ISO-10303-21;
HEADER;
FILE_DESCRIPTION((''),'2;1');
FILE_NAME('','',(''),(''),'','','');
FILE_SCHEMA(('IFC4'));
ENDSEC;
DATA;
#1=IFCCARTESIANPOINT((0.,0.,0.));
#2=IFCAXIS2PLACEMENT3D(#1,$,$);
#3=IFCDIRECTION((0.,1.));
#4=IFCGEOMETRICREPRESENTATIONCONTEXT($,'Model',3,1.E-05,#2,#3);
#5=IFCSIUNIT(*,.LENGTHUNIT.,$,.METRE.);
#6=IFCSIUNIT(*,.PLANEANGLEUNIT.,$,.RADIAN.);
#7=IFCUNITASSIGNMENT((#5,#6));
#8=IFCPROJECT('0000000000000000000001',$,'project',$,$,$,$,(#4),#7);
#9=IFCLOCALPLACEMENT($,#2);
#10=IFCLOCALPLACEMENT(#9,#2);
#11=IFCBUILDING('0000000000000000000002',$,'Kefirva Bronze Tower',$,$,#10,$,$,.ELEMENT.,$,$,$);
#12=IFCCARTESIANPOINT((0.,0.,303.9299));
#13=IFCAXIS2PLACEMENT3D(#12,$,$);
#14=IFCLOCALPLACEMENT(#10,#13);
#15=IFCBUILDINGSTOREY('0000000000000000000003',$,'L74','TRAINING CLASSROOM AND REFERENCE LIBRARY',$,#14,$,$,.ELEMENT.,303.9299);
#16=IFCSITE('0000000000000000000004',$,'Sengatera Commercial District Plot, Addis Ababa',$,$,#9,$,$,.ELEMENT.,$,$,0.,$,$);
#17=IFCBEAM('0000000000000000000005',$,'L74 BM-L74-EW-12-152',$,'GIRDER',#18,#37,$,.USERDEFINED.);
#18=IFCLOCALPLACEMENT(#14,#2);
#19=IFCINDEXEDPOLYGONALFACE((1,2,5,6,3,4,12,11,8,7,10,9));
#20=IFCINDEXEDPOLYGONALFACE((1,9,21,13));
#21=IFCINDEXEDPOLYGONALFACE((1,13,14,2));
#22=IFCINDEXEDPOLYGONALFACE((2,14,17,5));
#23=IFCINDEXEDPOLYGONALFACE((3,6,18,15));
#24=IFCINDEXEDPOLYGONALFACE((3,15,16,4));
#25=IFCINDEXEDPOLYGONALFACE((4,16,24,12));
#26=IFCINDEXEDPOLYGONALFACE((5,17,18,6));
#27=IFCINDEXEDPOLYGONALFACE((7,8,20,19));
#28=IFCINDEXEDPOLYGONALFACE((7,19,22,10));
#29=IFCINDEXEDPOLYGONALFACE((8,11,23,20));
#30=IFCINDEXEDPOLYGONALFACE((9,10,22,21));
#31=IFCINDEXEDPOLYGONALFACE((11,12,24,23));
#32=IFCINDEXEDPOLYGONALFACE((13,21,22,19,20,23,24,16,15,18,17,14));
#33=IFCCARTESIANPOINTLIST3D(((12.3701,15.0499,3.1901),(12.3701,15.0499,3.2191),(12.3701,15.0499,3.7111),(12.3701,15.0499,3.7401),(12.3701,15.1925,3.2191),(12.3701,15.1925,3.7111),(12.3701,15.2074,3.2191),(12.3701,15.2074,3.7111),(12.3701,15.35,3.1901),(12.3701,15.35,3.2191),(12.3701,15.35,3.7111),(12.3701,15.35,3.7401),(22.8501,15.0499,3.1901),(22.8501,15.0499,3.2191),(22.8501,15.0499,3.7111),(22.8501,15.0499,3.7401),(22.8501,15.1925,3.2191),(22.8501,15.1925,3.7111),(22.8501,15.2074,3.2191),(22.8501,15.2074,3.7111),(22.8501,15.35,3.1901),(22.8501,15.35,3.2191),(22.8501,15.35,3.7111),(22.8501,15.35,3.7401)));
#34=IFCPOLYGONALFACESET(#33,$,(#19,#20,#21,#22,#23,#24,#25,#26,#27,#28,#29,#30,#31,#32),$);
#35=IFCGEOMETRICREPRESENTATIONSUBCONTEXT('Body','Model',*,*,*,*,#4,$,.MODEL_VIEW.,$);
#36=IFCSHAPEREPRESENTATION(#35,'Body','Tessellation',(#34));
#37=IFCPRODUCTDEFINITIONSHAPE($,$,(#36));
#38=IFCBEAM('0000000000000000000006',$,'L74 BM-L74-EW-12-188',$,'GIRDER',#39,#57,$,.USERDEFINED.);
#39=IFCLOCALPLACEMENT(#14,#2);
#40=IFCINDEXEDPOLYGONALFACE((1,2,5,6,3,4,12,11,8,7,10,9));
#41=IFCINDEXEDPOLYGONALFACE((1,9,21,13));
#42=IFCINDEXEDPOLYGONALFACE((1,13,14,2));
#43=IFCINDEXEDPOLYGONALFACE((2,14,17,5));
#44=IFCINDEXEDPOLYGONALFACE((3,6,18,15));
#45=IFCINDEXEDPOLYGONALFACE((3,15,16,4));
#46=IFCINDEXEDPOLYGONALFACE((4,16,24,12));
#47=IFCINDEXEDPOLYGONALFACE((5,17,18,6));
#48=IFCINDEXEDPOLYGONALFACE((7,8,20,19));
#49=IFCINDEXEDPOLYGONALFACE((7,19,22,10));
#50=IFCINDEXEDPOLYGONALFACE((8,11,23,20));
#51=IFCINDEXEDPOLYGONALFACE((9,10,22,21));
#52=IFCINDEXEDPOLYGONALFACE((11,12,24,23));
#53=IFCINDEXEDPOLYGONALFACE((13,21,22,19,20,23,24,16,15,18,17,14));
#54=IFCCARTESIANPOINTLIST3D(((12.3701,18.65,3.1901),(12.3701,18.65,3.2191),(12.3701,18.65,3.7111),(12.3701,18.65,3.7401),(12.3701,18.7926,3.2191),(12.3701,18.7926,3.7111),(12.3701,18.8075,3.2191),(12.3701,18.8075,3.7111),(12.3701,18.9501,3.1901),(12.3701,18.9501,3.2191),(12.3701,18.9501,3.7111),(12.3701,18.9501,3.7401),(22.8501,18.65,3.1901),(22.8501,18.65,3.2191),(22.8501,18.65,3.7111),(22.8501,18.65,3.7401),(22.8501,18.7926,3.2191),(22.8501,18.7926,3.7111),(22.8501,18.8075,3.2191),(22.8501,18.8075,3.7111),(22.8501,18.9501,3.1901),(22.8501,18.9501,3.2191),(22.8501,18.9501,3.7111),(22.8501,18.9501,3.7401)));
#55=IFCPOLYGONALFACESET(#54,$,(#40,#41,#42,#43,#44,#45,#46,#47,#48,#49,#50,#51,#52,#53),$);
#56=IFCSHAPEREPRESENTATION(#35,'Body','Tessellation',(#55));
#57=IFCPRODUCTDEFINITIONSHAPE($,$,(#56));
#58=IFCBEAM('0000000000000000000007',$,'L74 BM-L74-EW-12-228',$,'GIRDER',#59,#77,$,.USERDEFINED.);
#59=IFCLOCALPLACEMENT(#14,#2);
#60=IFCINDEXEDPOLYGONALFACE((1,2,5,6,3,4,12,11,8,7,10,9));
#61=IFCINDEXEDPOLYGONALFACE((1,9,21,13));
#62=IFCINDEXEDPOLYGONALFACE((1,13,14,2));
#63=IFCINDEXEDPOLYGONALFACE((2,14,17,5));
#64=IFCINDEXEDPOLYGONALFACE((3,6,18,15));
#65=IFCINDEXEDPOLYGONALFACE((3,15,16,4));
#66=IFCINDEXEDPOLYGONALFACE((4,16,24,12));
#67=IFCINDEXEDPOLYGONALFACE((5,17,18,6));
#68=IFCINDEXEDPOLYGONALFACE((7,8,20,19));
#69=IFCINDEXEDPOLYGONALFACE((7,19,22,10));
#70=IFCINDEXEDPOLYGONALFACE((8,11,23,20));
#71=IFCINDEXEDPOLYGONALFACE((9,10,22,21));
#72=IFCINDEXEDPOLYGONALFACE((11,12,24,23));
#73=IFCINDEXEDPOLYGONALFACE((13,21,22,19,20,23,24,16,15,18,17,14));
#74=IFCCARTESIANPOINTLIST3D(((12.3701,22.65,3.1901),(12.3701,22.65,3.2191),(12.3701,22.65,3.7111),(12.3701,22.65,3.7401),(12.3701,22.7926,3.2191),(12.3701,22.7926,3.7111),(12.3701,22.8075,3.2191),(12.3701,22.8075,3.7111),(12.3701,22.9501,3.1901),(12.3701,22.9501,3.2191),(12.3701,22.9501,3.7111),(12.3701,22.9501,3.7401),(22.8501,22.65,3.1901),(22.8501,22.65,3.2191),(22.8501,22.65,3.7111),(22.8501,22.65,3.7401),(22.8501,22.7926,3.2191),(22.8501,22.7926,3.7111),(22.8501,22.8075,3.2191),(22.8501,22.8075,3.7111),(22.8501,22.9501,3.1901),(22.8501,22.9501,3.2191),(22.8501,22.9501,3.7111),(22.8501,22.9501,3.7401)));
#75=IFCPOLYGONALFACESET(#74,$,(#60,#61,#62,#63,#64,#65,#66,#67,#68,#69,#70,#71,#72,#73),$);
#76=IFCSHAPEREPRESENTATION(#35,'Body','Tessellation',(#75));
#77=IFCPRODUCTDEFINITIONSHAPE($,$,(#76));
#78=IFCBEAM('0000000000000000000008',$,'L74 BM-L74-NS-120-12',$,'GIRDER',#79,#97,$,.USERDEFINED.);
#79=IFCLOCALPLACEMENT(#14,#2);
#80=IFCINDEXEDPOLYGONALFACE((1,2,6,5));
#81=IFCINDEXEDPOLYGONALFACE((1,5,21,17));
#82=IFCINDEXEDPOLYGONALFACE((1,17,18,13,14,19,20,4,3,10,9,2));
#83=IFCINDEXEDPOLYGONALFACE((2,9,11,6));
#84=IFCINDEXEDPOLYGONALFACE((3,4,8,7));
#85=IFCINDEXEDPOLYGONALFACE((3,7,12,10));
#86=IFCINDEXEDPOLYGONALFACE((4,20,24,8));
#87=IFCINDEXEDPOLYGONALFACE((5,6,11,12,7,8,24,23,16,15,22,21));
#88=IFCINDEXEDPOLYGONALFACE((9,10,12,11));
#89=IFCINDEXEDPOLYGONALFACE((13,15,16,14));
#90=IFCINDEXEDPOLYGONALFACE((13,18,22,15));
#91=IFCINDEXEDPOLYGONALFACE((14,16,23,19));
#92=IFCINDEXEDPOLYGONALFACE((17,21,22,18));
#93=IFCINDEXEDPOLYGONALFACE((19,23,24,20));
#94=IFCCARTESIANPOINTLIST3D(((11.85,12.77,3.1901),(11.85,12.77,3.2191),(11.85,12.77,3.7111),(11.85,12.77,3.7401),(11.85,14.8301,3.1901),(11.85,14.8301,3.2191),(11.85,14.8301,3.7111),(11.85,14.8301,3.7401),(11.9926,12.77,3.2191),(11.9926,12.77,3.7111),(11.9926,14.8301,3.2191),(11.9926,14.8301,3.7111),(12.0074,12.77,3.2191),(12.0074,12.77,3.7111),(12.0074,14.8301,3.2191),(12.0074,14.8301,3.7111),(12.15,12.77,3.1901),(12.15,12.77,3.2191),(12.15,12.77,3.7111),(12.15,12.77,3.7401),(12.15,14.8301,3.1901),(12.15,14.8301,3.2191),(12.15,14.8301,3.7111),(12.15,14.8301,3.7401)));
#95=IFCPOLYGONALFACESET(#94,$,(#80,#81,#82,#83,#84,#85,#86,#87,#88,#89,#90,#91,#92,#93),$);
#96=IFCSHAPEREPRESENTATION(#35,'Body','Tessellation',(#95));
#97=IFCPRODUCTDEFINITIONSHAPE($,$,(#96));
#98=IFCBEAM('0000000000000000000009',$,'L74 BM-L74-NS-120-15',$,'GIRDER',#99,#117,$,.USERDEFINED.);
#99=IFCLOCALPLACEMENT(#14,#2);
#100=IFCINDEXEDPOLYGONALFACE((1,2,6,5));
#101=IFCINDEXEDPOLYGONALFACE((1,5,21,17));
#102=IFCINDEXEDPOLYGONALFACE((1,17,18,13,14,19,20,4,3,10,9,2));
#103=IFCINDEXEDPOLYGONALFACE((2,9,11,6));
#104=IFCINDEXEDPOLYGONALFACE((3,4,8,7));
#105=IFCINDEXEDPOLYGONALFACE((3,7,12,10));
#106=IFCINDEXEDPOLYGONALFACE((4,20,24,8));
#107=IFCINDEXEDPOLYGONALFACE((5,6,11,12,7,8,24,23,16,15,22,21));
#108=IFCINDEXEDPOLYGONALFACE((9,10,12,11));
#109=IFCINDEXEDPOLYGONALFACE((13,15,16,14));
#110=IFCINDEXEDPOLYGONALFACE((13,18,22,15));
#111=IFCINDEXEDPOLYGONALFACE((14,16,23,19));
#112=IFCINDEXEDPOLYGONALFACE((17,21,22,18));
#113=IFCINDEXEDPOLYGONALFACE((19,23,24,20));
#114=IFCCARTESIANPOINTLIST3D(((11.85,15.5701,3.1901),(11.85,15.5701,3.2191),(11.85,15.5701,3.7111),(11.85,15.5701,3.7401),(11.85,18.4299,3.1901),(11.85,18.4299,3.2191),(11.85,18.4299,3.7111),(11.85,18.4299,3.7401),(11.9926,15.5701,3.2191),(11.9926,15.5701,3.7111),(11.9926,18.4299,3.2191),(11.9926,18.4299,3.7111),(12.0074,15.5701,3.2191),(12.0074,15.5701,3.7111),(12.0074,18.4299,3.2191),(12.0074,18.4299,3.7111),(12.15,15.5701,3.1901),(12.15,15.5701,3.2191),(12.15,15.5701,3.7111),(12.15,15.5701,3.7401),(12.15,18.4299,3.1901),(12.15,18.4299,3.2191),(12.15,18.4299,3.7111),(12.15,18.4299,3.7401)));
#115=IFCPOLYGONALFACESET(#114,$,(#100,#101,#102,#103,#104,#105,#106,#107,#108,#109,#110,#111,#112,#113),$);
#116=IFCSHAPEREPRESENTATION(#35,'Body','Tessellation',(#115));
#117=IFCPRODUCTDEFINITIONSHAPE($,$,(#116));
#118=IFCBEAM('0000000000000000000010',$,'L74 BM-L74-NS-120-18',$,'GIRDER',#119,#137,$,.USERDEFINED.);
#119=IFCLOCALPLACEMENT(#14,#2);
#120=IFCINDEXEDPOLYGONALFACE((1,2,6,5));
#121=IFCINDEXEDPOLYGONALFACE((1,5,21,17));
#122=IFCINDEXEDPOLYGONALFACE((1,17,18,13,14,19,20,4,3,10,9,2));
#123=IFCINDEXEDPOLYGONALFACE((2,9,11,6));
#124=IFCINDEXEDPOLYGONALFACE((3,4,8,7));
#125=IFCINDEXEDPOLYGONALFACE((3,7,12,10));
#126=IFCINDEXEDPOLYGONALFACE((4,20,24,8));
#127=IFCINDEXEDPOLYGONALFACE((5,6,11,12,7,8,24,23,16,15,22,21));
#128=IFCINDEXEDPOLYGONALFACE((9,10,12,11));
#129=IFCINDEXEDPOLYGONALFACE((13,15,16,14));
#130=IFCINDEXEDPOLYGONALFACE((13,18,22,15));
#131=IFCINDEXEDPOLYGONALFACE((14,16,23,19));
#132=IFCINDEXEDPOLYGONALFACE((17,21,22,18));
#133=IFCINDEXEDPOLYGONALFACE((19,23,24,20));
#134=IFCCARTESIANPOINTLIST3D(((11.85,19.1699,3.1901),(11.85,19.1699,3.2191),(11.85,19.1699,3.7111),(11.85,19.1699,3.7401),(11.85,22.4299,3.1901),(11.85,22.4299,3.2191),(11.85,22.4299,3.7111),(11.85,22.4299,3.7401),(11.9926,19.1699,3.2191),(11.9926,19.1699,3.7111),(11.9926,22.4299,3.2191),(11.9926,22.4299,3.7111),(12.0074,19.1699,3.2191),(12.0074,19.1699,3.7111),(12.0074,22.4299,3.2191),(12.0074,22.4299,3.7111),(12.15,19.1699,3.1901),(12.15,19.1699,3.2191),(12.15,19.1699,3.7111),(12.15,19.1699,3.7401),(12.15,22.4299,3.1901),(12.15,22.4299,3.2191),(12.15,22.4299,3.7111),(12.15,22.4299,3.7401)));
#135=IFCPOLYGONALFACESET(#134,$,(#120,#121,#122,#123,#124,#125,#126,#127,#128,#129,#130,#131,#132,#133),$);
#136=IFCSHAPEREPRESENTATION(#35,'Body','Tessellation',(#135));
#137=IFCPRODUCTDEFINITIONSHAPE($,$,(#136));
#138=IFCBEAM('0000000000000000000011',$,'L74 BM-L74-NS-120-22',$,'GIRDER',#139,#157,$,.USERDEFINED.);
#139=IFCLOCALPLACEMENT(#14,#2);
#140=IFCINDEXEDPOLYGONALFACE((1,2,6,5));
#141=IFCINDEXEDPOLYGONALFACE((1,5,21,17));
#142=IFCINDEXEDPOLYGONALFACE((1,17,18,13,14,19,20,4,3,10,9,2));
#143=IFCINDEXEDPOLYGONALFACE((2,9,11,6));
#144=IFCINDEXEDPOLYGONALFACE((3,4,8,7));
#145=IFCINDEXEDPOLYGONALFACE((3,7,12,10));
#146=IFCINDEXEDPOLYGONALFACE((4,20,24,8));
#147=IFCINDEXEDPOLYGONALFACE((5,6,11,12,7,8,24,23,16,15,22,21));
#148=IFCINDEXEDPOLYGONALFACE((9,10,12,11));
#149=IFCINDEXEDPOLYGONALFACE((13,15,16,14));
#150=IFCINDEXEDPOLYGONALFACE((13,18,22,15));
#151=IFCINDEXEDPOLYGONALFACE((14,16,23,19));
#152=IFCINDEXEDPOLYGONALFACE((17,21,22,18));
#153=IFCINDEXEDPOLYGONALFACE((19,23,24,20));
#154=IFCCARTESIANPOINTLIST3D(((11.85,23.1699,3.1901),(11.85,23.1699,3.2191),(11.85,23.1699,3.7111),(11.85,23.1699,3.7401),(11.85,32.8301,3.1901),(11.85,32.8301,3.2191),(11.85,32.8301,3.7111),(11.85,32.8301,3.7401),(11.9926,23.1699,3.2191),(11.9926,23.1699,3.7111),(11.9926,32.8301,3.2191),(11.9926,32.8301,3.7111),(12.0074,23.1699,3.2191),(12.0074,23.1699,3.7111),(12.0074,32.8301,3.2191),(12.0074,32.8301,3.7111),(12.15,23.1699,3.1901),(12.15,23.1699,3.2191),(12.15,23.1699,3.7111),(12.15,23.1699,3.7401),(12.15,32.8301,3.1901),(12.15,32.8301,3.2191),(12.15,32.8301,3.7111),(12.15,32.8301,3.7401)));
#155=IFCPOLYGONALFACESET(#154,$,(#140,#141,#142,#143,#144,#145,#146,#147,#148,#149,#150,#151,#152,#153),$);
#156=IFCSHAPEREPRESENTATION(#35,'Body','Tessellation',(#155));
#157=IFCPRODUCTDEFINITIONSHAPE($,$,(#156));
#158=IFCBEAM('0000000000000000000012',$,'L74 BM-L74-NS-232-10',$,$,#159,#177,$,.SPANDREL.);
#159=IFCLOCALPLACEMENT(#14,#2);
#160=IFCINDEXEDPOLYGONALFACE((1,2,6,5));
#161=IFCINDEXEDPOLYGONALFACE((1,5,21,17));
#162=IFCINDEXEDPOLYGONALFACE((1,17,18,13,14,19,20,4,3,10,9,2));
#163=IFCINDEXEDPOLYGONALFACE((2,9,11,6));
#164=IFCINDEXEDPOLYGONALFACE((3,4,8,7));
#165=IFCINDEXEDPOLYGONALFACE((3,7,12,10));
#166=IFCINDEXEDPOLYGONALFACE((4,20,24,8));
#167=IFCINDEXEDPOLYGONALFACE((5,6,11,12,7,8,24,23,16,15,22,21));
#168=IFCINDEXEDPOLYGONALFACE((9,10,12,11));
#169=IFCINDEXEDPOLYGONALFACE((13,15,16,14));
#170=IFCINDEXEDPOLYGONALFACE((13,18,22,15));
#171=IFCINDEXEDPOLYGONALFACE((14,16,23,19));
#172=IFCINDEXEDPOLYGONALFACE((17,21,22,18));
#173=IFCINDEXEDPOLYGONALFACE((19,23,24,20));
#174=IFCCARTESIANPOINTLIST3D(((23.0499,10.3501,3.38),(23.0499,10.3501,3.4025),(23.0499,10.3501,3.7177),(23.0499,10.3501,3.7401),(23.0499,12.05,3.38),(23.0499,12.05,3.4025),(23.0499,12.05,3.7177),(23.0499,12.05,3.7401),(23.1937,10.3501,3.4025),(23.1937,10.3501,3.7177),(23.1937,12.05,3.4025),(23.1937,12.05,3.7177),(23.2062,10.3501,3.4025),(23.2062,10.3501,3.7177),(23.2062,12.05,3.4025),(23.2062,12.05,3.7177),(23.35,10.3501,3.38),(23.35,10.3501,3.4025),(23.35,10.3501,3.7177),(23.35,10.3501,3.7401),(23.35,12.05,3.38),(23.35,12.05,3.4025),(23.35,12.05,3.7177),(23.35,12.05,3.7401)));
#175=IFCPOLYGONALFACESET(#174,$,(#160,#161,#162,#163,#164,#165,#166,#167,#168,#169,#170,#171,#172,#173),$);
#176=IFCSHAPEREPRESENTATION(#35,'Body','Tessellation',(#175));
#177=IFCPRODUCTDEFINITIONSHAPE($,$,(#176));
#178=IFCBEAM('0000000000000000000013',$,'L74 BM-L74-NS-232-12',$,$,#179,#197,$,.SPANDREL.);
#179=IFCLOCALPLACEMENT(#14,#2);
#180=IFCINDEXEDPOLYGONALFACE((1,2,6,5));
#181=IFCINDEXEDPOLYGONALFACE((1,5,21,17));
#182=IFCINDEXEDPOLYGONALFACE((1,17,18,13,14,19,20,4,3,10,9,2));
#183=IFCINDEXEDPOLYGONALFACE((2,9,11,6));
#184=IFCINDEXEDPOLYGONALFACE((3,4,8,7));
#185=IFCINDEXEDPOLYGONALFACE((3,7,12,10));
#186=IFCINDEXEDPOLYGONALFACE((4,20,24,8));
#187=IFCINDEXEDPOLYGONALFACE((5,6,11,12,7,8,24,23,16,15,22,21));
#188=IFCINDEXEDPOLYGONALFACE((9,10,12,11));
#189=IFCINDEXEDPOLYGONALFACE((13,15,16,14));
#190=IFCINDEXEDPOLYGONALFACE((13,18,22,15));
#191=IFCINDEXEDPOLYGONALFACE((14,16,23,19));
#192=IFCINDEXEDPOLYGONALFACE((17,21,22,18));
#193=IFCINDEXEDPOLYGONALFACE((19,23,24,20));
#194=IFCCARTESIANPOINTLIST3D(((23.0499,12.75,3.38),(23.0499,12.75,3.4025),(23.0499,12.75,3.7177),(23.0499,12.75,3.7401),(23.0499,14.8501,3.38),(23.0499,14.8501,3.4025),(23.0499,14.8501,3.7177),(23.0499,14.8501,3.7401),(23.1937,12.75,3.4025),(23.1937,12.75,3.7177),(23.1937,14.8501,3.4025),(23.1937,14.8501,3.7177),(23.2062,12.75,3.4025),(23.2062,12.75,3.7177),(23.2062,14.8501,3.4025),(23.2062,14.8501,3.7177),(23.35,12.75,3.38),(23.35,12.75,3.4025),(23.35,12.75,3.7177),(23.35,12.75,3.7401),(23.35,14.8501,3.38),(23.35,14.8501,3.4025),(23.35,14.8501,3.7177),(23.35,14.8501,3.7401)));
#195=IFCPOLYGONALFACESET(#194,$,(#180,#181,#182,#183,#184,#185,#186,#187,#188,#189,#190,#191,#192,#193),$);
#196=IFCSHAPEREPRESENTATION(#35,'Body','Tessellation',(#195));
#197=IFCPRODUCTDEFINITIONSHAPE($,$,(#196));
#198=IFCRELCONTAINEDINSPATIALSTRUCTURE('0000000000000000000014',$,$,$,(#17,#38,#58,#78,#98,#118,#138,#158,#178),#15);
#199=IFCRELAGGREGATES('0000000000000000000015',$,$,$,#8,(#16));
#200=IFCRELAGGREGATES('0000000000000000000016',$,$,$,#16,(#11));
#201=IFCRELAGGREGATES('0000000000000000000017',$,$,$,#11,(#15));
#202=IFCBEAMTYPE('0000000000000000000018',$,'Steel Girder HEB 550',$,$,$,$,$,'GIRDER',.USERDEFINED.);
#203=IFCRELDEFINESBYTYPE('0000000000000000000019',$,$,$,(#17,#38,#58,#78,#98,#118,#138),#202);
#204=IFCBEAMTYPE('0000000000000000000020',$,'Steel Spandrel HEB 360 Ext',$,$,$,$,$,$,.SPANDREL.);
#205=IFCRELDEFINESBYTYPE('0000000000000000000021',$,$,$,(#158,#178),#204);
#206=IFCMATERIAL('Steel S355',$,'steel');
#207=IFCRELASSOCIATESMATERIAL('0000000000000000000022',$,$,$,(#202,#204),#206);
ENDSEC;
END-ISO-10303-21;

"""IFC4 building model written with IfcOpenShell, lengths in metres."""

from ifc_helpers import new_model, si_unit, direction, frame, origin, origin_2d, place, context, subcontext, project, spatial, i_section, extrude, material, material_profile, profile_set, type_object, element, save


model = new_model("IFC4")

# Units and contexts
model_context = context("Model", 3, precision=1e-05, world=origin(), true_north=direction((0.0, 1.0)))
body_context = subcontext(model_context, "Body", "Model", "MODEL_VIEW")
ifc_project = project(units=[si_unit("LENGTHUNIT", "METRE"), si_unit("PLANEANGLEUNIT", "RADIAN")], contexts=[model_context])

# Site, building, storey
site_placement = place(None, origin())
site = spatial("IfcSite", under=ifc_project, at=site_placement, Name="Sengatera Commercial District Plot, Addis Ababa", CompositionType="ELEMENT", RefElevation=0.0)
building_placement = place(site_placement, origin())
building = spatial("IfcBuilding", under=site, at=building_placement, Name="Kefirva Bronze Tower", CompositionType="ELEMENT")
storey_placement = place(building_placement, frame((0.0, 0.0, 303.9299)))
storey = spatial("IfcBuildingStorey", under=building, at=storey_placement, Name="L74", Description="TRAINING CLASSROOM AND REFERENCE LIBRARY", CompositionType="ELEMENT", Elevation=303.9299)

# Beams
ifc_material_1 = material(Name="Steel S355", Category="steel")
ifc_material_profile_1 = material_profile(ifc_material_1, i_section(OverallWidth=0.3, OverallDepth=0.55, WebThickness=0.0149, FlangeThickness=0.0291, at=origin_2d()), Name="HEB 550")
ifc_profile_set_1 = profile_set([ifc_material_profile_1], Name="Steel S355")
beam_type_1 = type_object("IfcBeamType", Name="Steel Girder HEB 550", ElementType="GIRDER", PredefinedType="USERDEFINED", material=ifc_profile_set_1)
for number, where, z_axis, x_axis, name in (
    (1, (12.3701, 15.2, 3.4651), (1.0, 0.0, 0.0), (0.0, 1.0, 0.0), "L74 BM-L74-EW-12-152"),
    (2, (12.3701, 18.8, 3.4651), (1.0, 0.0, 0.0), (0.0, 1.0, 0.0), "L74 BM-L74-EW-12-188"),
    (3, (12.3701, 22.8, 3.4651), (1.0, 0.0, 0.0), (0.0, 1.0, 0.0), "L74 BM-L74-EW-12-228"),
):
    element("IfcBeam", number, at=place(storey_placement, frame(where, z_axis=z_axis, x_axis=x_axis)), inside=storey, type_object=beam_type_1, Name=name, ObjectType="GIRDER", PredefinedType="USERDEFINED", context=body_context, shape_type="SweptSolid", body=[
        extrude(i_section(OverallWidth=0.3, OverallDepth=0.55, WebThickness=0.0149, FlangeThickness=0.0291, at=origin_2d()), origin(), (0.0, 0.0, 1.0), 10.48),
    ])
beam_1_placement = place(storey_placement, frame((12.0, 12.77, 3.4651), z_axis=(0.0, 1.0, 0.0), x_axis=(-1.0, 0.0, 0.0)))
element("IfcBeam", 4, at=beam_1_placement, inside=storey, type_object=beam_type_1, Name="L74 BM-L74-NS-120-12", ObjectType="GIRDER", PredefinedType="USERDEFINED", context=body_context, shape_type="SweptSolid", body=[
    extrude(i_section(OverallWidth=0.3, OverallDepth=0.55, WebThickness=0.0149, FlangeThickness=0.0291, at=origin_2d()), origin(), (0.0, 0.0, 1.0), 2.0601),
])
beam_2_placement = place(storey_placement, frame((12.0, 15.5701, 3.4651), z_axis=(0.0, 1.0, 0.0), x_axis=(-1.0, 0.0, 0.0)))
element("IfcBeam", 5, at=beam_2_placement, inside=storey, type_object=beam_type_1, Name="L74 BM-L74-NS-120-15", ObjectType="GIRDER", PredefinedType="USERDEFINED", context=body_context, shape_type="SweptSolid", body=[
    extrude(i_section(OverallWidth=0.3, OverallDepth=0.55, WebThickness=0.0149, FlangeThickness=0.0291, at=origin_2d()), origin(), (0.0, 0.0, 1.0), 2.8599),
])
beam_3_placement = place(storey_placement, frame((12.0, 19.1699, 3.4651), z_axis=(0.0, 1.0, 0.0), x_axis=(-1.0, 0.0, 0.0)))
element("IfcBeam", 6, at=beam_3_placement, inside=storey, type_object=beam_type_1, Name="L74 BM-L74-NS-120-18", ObjectType="GIRDER", PredefinedType="USERDEFINED", context=body_context, shape_type="SweptSolid", body=[
    extrude(i_section(OverallWidth=0.3, OverallDepth=0.55, WebThickness=0.0149, FlangeThickness=0.0291, at=origin_2d()), origin(), (0.0, 0.0, 1.0), 3.26),
])
beam_4_placement = place(storey_placement, frame((12.0, 23.1699, 3.4651), z_axis=(0.0, 1.0, 0.0), x_axis=(-1.0, 0.0, 0.0)))
element("IfcBeam", 7, at=beam_4_placement, inside=storey, type_object=beam_type_1, Name="L74 BM-L74-NS-120-22", ObjectType="GIRDER", PredefinedType="USERDEFINED", context=body_context, shape_type="SweptSolid", body=[
    extrude(i_section(OverallWidth=0.3, OverallDepth=0.55, WebThickness=0.0149, FlangeThickness=0.0291, at=origin_2d()), origin(), (0.0, 0.0, 1.0), 9.6602),
])
ifc_material_profile_2 = material_profile(ifc_material_1, i_section(OverallWidth=0.3, OverallDepth=0.3601, WebThickness=0.0125, FlangeThickness=0.0225, at=origin_2d()), Name="HEB 360")
ifc_profile_set_2 = profile_set([ifc_material_profile_2], Name="Steel S355")
beam_type_2 = type_object("IfcBeamType", Name="Steel Spandrel HEB 360 Ext", PredefinedType="SPANDREL", material=ifc_profile_set_2)
beam_5_placement = place(storey_placement, frame((23.2, 10.3501, 3.5601), z_axis=(0.0, 1.0, 0.0), x_axis=(-1.0, 0.0, 0.0)))
element("IfcBeam", 8, at=beam_5_placement, inside=storey, type_object=beam_type_2, Name="L74 BM-L74-NS-232-10", PredefinedType="SPANDREL", context=body_context, shape_type="SweptSolid", body=[
    extrude(i_section(OverallWidth=0.3, OverallDepth=0.3601, WebThickness=0.0125, FlangeThickness=0.0225, at=origin_2d()), origin(), (0.0, 0.0, 1.0), 1.7),
])
beam_6_placement = place(storey_placement, frame((23.2, 12.75, 3.5601), z_axis=(0.0, 1.0, 0.0), x_axis=(-1.0, 0.0, 0.0)))
element("IfcBeam", 9, at=beam_6_placement, inside=storey, type_object=beam_type_2, Name="L74 BM-L74-NS-232-12", PredefinedType="SPANDREL", context=body_context, shape_type="SweptSolid", body=[
    extrude(i_section(OverallWidth=0.3, OverallDepth=0.3601, WebThickness=0.0125, FlangeThickness=0.0225, at=origin_2d()), origin(), (0.0, 0.0, 1.0), 2.1001),
])

save(model, "model.ifc")
